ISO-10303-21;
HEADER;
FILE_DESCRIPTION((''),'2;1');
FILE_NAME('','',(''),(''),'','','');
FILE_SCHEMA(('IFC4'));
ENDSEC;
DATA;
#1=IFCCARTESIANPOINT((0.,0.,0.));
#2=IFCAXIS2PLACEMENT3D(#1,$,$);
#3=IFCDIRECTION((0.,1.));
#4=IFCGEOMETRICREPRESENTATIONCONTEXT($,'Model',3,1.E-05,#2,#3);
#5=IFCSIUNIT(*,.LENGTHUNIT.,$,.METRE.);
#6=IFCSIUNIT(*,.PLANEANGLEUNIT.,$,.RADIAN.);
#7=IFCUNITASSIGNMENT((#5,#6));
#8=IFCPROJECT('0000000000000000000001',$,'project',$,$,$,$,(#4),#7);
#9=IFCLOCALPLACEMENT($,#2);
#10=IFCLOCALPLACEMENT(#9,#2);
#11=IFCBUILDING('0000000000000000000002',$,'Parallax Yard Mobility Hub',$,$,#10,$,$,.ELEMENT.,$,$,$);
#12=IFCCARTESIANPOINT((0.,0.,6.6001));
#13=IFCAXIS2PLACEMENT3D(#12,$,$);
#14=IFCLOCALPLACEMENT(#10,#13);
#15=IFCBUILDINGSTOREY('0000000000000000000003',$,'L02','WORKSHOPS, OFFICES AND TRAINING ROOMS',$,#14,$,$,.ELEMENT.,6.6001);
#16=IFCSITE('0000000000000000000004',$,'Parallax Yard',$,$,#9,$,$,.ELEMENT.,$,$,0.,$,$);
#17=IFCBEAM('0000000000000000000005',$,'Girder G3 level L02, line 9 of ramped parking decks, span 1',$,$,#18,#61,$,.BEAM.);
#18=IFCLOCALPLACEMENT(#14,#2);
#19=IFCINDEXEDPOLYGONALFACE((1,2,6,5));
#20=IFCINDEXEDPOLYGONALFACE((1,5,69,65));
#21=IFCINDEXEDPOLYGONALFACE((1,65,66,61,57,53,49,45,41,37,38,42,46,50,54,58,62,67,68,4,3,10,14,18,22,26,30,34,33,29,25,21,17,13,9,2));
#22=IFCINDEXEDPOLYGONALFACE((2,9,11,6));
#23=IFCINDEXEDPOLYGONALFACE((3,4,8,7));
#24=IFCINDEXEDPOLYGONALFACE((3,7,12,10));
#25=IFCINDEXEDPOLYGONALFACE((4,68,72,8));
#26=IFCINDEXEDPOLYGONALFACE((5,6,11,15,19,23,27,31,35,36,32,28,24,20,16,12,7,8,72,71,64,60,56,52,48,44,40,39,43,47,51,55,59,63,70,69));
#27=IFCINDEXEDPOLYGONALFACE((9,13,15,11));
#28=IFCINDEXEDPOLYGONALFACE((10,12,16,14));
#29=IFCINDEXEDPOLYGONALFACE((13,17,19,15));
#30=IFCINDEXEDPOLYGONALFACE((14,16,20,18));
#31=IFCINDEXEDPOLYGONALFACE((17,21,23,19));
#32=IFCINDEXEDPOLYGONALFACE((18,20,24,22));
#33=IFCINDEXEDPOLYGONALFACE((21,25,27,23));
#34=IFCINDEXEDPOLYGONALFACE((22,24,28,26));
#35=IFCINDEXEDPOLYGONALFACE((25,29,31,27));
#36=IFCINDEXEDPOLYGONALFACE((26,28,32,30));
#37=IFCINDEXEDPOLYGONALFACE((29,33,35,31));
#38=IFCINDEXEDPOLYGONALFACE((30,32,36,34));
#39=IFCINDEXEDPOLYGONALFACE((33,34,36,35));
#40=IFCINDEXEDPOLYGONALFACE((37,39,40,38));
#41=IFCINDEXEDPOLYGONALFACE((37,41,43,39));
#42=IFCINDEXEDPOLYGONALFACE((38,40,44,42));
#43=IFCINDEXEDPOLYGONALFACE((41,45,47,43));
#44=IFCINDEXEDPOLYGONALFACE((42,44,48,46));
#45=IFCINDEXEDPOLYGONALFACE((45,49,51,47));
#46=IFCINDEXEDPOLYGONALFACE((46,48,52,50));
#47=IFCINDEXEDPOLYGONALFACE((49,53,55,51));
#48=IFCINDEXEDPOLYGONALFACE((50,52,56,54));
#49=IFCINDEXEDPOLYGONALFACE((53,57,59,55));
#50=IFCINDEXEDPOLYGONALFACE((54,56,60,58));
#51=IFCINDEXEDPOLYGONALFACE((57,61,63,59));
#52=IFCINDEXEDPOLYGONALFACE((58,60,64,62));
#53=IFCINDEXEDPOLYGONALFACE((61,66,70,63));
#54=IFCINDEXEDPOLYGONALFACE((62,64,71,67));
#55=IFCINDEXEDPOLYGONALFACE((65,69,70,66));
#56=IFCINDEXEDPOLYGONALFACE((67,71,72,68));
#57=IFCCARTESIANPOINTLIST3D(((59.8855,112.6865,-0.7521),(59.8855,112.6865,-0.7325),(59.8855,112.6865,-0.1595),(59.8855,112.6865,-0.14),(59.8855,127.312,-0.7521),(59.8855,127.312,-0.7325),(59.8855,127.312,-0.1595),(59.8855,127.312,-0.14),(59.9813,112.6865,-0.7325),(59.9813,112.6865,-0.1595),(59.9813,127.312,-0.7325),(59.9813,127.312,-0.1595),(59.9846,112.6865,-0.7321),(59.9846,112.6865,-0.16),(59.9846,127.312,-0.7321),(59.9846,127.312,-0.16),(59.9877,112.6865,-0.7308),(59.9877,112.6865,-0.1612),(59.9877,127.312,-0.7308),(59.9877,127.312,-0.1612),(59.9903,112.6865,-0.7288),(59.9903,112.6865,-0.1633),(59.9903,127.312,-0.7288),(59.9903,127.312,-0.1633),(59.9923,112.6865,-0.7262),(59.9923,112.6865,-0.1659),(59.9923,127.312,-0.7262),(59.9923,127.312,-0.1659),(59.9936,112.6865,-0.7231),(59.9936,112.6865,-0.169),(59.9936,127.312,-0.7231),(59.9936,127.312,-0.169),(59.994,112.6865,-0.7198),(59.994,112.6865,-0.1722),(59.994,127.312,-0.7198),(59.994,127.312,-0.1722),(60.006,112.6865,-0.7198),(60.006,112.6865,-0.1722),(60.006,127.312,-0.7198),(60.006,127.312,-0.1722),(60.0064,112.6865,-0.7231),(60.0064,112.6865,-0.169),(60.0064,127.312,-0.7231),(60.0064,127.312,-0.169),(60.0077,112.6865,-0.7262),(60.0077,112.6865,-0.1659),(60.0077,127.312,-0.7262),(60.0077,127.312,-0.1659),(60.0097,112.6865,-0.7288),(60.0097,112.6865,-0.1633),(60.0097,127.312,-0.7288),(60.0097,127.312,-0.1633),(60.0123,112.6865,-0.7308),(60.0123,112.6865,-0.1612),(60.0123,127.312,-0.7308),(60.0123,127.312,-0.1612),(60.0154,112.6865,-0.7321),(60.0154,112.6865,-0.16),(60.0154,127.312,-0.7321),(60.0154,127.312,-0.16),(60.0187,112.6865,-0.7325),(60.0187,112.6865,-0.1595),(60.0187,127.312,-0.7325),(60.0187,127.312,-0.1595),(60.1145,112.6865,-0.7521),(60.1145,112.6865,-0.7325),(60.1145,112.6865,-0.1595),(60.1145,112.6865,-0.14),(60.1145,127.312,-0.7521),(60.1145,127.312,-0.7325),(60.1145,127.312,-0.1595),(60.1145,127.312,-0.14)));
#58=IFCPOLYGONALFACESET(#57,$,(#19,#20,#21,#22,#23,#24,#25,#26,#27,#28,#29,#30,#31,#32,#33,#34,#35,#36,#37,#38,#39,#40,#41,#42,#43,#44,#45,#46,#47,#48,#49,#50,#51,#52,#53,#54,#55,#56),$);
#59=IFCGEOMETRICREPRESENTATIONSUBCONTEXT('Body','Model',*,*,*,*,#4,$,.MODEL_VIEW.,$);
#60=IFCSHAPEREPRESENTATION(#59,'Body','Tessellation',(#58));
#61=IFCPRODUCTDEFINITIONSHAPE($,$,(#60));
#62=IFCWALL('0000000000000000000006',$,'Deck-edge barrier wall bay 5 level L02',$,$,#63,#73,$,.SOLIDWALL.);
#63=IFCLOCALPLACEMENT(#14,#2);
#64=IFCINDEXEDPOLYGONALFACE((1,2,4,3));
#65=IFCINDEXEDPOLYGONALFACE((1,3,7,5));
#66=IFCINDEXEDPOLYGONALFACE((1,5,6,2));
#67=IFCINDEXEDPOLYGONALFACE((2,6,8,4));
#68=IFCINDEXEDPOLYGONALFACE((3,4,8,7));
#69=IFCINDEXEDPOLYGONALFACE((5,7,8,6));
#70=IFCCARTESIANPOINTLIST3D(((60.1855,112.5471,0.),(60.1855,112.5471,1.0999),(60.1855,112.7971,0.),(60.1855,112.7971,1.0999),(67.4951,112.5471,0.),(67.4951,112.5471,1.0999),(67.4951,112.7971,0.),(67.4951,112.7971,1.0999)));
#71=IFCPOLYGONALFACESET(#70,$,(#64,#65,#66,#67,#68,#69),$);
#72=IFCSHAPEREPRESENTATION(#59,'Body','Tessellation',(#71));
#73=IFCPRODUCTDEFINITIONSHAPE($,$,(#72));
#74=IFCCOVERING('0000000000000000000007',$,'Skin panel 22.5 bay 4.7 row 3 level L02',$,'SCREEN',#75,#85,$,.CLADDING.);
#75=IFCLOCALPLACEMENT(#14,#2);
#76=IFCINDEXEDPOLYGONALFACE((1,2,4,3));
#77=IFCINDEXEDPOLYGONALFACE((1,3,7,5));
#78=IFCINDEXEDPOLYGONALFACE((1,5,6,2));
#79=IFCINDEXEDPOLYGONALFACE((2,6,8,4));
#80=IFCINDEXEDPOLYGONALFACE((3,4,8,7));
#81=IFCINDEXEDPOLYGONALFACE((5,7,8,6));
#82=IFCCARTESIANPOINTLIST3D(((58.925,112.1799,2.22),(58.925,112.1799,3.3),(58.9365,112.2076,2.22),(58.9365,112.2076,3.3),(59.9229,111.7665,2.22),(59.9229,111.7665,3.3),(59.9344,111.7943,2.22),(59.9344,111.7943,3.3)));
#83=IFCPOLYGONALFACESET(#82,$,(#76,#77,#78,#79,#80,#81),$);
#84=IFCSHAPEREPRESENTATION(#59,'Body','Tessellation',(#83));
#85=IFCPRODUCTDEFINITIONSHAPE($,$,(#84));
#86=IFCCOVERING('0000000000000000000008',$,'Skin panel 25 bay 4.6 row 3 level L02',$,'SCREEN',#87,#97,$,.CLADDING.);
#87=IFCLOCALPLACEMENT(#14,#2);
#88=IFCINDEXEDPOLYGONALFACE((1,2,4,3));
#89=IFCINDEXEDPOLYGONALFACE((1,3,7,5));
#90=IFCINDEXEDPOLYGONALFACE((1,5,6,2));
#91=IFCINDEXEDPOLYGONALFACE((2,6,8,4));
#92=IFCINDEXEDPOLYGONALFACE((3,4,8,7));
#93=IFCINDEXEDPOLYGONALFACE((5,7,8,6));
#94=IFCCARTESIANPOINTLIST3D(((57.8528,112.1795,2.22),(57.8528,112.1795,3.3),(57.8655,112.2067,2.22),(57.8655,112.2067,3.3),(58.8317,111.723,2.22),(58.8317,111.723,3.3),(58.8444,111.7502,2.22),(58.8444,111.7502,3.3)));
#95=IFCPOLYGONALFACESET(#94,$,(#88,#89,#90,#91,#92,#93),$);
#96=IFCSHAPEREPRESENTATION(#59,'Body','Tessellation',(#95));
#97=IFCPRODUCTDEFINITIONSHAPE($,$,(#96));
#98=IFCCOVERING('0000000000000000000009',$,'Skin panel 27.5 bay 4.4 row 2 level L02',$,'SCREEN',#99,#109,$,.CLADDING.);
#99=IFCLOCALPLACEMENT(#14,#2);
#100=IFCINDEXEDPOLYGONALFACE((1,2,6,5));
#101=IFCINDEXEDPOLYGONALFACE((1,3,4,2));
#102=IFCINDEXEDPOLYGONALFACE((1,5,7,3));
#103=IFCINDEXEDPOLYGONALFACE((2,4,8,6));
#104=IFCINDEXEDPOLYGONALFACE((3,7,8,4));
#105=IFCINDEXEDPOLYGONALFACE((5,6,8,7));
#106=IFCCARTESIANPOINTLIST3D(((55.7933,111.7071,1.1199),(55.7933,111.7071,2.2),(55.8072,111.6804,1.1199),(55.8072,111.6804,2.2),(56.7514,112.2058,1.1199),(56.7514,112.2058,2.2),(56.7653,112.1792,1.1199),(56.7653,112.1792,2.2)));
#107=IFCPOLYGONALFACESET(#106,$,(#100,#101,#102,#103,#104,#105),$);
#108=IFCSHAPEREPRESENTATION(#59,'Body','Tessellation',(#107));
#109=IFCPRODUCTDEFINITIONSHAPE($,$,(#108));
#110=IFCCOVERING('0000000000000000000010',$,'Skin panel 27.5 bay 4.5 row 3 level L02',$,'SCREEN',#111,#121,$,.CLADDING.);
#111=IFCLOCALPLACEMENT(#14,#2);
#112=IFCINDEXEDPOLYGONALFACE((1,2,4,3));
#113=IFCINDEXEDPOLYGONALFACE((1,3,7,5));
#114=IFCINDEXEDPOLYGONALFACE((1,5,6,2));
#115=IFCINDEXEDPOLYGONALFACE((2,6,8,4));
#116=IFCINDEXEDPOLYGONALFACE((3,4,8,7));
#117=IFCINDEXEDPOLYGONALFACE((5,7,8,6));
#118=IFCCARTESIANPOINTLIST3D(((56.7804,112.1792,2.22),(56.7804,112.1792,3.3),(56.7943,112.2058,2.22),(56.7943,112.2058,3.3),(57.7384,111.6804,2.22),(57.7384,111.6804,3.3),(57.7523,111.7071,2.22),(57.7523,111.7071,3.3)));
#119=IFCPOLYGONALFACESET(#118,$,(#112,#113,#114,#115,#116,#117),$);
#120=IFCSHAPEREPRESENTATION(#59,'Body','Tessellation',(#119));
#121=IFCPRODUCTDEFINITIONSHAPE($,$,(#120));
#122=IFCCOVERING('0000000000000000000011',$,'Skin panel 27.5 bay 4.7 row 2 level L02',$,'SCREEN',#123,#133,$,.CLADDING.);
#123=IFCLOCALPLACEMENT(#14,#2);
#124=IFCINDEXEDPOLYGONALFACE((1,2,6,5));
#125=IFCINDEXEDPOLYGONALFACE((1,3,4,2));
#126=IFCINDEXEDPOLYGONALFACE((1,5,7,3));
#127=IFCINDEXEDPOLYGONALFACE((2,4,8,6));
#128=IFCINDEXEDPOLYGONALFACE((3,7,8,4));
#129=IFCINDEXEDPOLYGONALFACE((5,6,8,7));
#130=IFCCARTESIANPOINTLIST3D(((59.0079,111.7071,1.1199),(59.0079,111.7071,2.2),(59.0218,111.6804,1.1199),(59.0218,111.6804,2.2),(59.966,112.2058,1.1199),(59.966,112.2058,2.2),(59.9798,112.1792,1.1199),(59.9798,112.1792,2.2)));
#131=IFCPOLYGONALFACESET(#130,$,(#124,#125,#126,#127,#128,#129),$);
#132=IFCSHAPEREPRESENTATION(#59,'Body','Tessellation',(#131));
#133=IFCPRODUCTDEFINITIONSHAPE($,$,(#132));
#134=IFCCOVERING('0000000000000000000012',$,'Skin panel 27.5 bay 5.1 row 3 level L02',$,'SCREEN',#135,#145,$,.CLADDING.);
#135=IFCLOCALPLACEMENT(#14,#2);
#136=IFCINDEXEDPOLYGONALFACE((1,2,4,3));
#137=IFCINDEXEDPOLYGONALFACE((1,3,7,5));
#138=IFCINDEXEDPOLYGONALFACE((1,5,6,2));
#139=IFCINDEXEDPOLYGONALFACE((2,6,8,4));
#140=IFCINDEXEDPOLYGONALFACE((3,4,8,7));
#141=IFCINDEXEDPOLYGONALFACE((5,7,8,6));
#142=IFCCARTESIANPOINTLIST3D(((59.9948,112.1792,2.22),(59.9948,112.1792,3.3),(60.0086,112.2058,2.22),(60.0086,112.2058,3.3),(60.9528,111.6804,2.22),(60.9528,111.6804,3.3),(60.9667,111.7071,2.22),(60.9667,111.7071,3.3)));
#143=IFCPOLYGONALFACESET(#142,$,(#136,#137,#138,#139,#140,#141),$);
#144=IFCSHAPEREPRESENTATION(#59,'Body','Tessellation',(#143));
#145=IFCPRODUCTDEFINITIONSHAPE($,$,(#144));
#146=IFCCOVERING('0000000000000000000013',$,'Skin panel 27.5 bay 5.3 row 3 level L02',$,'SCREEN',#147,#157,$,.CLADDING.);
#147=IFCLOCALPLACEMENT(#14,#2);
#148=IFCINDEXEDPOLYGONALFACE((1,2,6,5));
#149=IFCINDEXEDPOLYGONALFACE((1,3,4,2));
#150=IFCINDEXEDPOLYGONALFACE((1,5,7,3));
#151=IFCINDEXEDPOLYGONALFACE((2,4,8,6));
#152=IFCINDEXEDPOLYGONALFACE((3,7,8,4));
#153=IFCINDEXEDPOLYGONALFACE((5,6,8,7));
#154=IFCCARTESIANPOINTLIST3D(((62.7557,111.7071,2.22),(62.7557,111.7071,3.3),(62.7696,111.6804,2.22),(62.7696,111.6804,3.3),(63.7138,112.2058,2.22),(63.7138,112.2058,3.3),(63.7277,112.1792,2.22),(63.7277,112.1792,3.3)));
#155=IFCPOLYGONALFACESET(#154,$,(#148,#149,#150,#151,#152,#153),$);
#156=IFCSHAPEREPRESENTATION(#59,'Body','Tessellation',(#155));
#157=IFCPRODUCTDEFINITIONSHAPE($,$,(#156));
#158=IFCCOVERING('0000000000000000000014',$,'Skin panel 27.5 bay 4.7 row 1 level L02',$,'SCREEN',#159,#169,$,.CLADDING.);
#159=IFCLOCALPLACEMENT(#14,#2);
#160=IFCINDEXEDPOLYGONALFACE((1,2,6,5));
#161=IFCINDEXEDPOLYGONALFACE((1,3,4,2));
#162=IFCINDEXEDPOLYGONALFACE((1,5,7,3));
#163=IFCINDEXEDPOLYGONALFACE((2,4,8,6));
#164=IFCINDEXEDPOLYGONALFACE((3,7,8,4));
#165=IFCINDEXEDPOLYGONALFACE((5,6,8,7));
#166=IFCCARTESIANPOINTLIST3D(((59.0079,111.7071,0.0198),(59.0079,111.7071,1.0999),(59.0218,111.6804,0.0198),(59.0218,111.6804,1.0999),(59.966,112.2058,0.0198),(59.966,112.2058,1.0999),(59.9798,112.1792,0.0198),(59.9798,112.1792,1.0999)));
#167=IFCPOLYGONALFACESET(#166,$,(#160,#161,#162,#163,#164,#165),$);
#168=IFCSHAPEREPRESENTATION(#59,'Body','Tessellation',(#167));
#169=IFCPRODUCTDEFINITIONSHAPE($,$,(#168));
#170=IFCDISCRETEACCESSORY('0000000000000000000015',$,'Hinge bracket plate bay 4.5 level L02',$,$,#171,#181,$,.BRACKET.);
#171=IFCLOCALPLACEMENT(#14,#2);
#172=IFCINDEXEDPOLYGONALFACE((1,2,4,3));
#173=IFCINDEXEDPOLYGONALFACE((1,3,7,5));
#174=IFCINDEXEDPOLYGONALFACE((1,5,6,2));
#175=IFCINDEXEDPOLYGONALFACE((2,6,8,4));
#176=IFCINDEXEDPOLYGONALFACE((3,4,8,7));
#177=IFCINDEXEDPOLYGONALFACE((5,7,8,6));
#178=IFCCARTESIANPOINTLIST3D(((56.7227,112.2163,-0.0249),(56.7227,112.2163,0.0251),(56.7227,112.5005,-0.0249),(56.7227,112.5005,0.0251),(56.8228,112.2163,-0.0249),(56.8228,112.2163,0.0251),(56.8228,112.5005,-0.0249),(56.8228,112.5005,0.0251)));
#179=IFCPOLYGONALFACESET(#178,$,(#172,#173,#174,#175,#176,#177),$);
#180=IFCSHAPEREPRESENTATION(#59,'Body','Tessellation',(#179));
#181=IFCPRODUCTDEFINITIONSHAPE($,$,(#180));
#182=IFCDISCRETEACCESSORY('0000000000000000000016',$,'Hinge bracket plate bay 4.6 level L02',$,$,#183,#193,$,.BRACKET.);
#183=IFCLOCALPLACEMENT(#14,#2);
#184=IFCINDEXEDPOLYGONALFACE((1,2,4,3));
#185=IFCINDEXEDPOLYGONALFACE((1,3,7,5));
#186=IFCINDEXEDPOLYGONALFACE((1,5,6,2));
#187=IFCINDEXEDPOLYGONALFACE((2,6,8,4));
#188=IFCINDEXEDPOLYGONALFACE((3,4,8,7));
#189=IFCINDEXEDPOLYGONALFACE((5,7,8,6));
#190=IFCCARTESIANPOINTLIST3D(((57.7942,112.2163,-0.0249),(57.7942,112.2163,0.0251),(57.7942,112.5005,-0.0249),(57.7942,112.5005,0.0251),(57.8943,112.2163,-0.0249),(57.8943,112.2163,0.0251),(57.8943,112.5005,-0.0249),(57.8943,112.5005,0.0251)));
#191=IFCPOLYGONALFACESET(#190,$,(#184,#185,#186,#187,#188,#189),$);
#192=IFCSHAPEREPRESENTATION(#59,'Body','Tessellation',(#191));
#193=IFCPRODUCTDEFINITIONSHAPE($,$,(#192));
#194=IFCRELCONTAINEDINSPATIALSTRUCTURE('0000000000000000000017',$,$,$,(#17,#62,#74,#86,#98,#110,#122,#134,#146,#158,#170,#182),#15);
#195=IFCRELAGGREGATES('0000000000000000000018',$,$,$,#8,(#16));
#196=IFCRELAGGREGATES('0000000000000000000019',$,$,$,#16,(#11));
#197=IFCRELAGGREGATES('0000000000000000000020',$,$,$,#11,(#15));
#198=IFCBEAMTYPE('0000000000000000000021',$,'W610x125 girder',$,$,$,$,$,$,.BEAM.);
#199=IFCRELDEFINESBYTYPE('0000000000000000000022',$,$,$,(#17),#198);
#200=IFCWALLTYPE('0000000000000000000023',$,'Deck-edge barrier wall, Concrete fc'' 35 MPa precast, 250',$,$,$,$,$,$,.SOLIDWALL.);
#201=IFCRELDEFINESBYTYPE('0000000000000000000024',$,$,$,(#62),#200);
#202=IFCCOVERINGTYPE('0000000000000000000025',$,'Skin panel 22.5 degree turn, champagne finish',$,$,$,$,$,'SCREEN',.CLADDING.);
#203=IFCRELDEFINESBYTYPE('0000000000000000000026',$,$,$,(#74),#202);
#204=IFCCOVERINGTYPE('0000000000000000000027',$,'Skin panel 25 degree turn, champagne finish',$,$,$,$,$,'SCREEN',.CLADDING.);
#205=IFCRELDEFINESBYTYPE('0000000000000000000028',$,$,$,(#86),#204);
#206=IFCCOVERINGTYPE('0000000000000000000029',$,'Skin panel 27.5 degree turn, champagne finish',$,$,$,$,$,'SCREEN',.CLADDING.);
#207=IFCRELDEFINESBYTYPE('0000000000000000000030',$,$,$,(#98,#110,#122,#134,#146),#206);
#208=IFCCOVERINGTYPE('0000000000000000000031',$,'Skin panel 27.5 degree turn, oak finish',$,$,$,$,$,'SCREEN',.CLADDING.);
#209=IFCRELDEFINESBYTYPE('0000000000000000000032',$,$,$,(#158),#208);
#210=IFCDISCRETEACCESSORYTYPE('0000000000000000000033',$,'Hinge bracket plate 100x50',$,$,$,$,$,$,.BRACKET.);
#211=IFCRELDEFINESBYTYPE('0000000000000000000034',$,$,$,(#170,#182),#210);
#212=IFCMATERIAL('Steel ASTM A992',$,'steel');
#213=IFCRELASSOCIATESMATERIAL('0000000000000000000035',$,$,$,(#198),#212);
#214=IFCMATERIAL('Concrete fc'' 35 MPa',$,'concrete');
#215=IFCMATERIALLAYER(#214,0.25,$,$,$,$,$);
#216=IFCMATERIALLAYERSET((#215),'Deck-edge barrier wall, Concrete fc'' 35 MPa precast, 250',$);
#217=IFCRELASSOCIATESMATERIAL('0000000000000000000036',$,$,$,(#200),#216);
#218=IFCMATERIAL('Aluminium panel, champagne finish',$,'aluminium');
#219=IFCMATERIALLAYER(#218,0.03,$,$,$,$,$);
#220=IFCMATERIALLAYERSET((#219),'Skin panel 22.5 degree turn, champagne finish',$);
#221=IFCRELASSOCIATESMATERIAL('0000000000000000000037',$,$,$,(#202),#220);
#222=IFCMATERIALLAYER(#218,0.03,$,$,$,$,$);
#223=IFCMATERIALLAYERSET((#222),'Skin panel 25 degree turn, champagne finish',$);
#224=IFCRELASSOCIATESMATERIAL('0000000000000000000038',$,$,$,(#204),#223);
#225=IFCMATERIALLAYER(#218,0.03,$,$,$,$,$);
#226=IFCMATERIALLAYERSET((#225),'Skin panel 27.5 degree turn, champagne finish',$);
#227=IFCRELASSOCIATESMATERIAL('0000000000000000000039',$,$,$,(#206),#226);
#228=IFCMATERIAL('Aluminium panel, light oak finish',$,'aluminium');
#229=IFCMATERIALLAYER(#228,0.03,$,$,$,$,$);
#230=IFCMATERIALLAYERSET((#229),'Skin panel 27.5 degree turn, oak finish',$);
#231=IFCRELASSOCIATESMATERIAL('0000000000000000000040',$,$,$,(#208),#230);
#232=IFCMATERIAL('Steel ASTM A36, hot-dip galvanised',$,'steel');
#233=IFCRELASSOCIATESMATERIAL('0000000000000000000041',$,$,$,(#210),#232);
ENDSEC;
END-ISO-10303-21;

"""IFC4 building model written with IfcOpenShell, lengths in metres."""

from ifc_helpers import new_model, si_unit, direction, frame, frame_2d, origin, origin_2d, place, context, subcontext, project, spatial, rectangle, i_section, extrude, material, layer, layer_set, material_profile, profile_set, type_object, element, save


model = new_model("IFC4")

# Units and contexts
model_context = context("Model", 3, precision=1e-05, world=origin(), true_north=direction((0.0, 1.0)))
body_context = subcontext(model_context, "Body", "Model", "MODEL_VIEW")
ifc_project = project(units=[si_unit("LENGTHUNIT", "METRE"), si_unit("PLANEANGLEUNIT", "RADIAN")], contexts=[model_context])

# Site, building, storey
site_placement = place(None, origin())
site = spatial("IfcSite", under=ifc_project, at=site_placement, Name="Parallax Yard", CompositionType="ELEMENT", RefElevation=0.0)
building_placement = place(site_placement, origin())
building = spatial("IfcBuilding", under=site, at=building_placement, Name="Parallax Yard Mobility Hub", CompositionType="ELEMENT")
storey_placement = place(building_placement, frame((0.0, 0.0, 6.6001)))
storey = spatial("IfcBuildingStorey", under=building, at=storey_placement, Name="L02", Description="WORKSHOPS, OFFICES AND TRAINING ROOMS", CompositionType="ELEMENT", Elevation=6.6001)

# Shared definitions
ifc_material_1 = material(Name="Steel ASTM A992", Category="steel")

# Beam
ifc_material_profile_1 = material_profile(ifc_material_1, i_section(OverallWidth=0.229, OverallDepth=0.6121, WebThickness=0.012, FlangeThickness=0.0195, FilletRadius=0.0127, at=origin_2d()), Name="W610x125")
ifc_profile_set_1 = profile_set([ifc_material_profile_1], Name="Steel ASTM A992")
beam_type_1 = type_object("IfcBeamType", Name="W610x125 girder", PredefinedType="BEAM", material=ifc_profile_set_1)
beam_1_placement = place(storey_placement, frame((60.0, 112.6865, -0.446), z_axis=(0.0, 1.0, 0.0), x_axis=(-1.0, 0.0, 0.0)))
element("IfcBeam", 1, at=beam_1_placement, inside=storey, type_object=beam_type_1, Name="Girder G3 level L02, line 9 of ramped parking decks, span 1", PredefinedType="BEAM", context=body_context, shape_type="SweptSolid", body=[
    extrude(i_section(OverallWidth=0.229, OverallDepth=0.6121, WebThickness=0.012, FlangeThickness=0.0195, FilletRadius=0.0127, at=origin_2d()), origin(), (0.0, 0.0, 1.0), 14.6255),
])

# Wall
ifc_material_2 = material(Name="Concrete fc' 35 MPa", Category="concrete")
ifc_layer_1 = layer(ifc_material_2, 0.25)
ifc_layer_set_1 = layer_set([ifc_layer_1], Name="Deck-edge barrier wall, Concrete fc' 35 MPa precast, 250")
wall_type = type_object("IfcWallType", Name="Deck-edge barrier wall, Concrete fc' 35 MPa precast, 250", PredefinedType="SOLIDWALL", material=ifc_layer_set_1)
wall_placement = place(storey_placement, frame((60.1855, 112.6721, 0.0), z_axis=(0.0, 0.0, 1.0), x_axis=(1.0, 0.0, 0.0)))
element("IfcWall", 2, at=wall_placement, inside=storey, type_object=wall_type, Name="Deck-edge barrier wall bay 5 level L02", PredefinedType="SOLIDWALL", context=body_context, shape_type="SweptSolid", body=[
    extrude(rectangle(XDim=7.3096, YDim=0.25, at=frame_2d((3.6548, 0.0))), origin(), (0.0, 0.0, 1.0), 1.0999),
])

# Coverings
ifc_material_3 = material(Name="Aluminium panel, champagne finish", Category="aluminium")
ifc_layer_2 = layer(ifc_material_3, 0.03)
ifc_layer_set_2 = layer_set([ifc_layer_2], Name="Skin panel 22.5 degree turn, champagne finish")
covering_type_1 = type_object("IfcCoveringType", Name="Skin panel 22.5 degree turn, champagne finish", ElementType="SCREEN", PredefinedType="CLADDING", material=ifc_layer_set_2)
covering_1_placement = place(storey_placement, frame((59.4297, 111.9871, 2.22), z_axis=(0.0, 0.0, 1.0), x_axis=(0.92388, -0.382683, 0.0)))
element("IfcCovering", 3, at=covering_1_placement, inside=storey, type_object=covering_type_1, Name="Skin panel 22.5 bay 4.7 row 3 level L02", ObjectType="SCREEN", PredefinedType="CLADDING", context=body_context, shape_type="SweptSolid", body=[
    extrude(rectangle(XDim=1.0801, YDim=0.03, at=origin_2d()), origin(), (0.0, 0.0, 1.0), 1.0801),
])
ifc_layer_3 = layer(ifc_material_3, 0.03)
ifc_layer_set_3 = layer_set([ifc_layer_3], Name="Skin panel 25 degree turn, champagne finish")
covering_type_2 = type_object("IfcCoveringType", Name="Skin panel 25 degree turn, champagne finish", ElementType="SCREEN", PredefinedType="CLADDING", material=ifc_layer_set_3)
covering_2_placement = place(storey_placement, frame((58.3486, 111.9648, 2.22), z_axis=(0.0, 0.0, 1.0), x_axis=(0.906308, -0.422618, 0.0)))
element("IfcCovering", 4, at=covering_2_placement, inside=storey, type_object=covering_type_2, Name="Skin panel 25 bay 4.6 row 3 level L02", ObjectType="SCREEN", PredefinedType="CLADDING", context=body_context, shape_type="SweptSolid", body=[
    extrude(rectangle(XDim=1.0801, YDim=0.03, at=origin_2d()), origin(), (0.0, 0.0, 1.0), 1.0801),
])
ifc_layer_4 = layer(ifc_material_3, 0.03)
ifc_layer_set_4 = layer_set([ifc_layer_4], Name="Skin panel 27.5 degree turn, champagne finish")
covering_type_3 = type_object("IfcCoveringType", Name="Skin panel 27.5 degree turn, champagne finish", ElementType="SCREEN", PredefinedType="CLADDING", material=ifc_layer_set_4)
for number, where, z_axis, x_axis, name in (
    (5, (56.2793, 111.9431, 1.1199), (0.0, 0.0, 1.0), (-0.887011, -0.461749, 0.0), "Skin panel 27.5 bay 4.4 row 2 level L02"),
    (6, (57.2664, 111.9431, 2.22), (0.0, 0.0, 1.0), (0.887011, -0.461749, 0.0), "Skin panel 27.5 bay 4.5 row 3 level L02"),
    (7, (59.4939, 111.9431, 1.1199), (0.0, 0.0, 1.0), (-0.887011, -0.461749, 0.0), "Skin panel 27.5 bay 4.7 row 2 level L02"),
    (8, (60.4807, 111.9431, 2.22), (0.0, 0.0, 1.0), (0.887011, -0.461749, 0.0), "Skin panel 27.5 bay 5.1 row 3 level L02"),
    (9, (63.2417, 111.9431, 2.22), (0.0, 0.0, 1.0), (-0.887011, -0.461749, 0.0), "Skin panel 27.5 bay 5.3 row 3 level L02"),
):
    element("IfcCovering", number, at=place(storey_placement, frame(where, z_axis=z_axis, x_axis=x_axis)), inside=storey, type_object=covering_type_3, Name=name, ObjectType="SCREEN", PredefinedType="CLADDING", context=body_context, shape_type="SweptSolid", body=[
        extrude(rectangle(XDim=1.0801, YDim=0.03, at=origin_2d()), origin(), (0.0, 0.0, 1.0), 1.0801),
    ])
ifc_material_4 = material(Name="Aluminium panel, light oak finish", Category="aluminium")
ifc_layer_5 = layer(ifc_material_4, 0.03)
ifc_layer_set_5 = layer_set([ifc_layer_5], Name="Skin panel 27.5 degree turn, oak finish")
covering_type_4 = type_object("IfcCoveringType", Name="Skin panel 27.5 degree turn, oak finish", ElementType="SCREEN", PredefinedType="CLADDING", material=ifc_layer_set_5)
covering_3_placement = place(storey_placement, frame((59.4939, 111.9431, 0.0198), z_axis=(0.0, 0.0, 1.0), x_axis=(-0.887011, -0.461749, 0.0)))
element("IfcCovering", 10, at=covering_3_placement, inside=storey, type_object=covering_type_4, Name="Skin panel 27.5 bay 4.7 row 1 level L02", ObjectType="SCREEN", PredefinedType="CLADDING", context=body_context, shape_type="SweptSolid", body=[
    extrude(rectangle(XDim=1.0801, YDim=0.03, at=origin_2d()), origin(), (0.0, 0.0, 1.0), 1.0801),
])

# Discrete accessories
ifc_material_5 = material(Name="Steel ASTM A36, hot-dip galvanised", Category="steel")
discrete_accessory_type_1 = type_object("IfcDiscreteAccessoryType", Name="Hinge bracket plate 100x50", PredefinedType="BRACKET", material=ifc_material_5)
for number, where, z_axis, x_axis, name in (
    (11, (56.7727, 112.3584, -0.0249), (0.0, 0.0, 1.0), (0.0, -1.0, 0.0), "Hinge bracket plate bay 4.5 level L02"),
    (12, (57.8442, 112.3584, -0.0249), (0.0, 0.0, 1.0), (0.0, -1.0, 0.0), "Hinge bracket plate bay 4.6 level L02"),
):
    element("IfcDiscreteAccessory", number, at=place(storey_placement, frame(where, z_axis=z_axis, x_axis=x_axis)), inside=storey, type_object=discrete_accessory_type_1, Name=name, PredefinedType="BRACKET", context=body_context, shape_type="SweptSolid", body=[
        extrude(rectangle(XDim=0.2842, YDim=0.1001, at=origin_2d()), origin(), (0.0, 0.0, 1.0), 0.05),
    ])

save(model, "model.ifc")
